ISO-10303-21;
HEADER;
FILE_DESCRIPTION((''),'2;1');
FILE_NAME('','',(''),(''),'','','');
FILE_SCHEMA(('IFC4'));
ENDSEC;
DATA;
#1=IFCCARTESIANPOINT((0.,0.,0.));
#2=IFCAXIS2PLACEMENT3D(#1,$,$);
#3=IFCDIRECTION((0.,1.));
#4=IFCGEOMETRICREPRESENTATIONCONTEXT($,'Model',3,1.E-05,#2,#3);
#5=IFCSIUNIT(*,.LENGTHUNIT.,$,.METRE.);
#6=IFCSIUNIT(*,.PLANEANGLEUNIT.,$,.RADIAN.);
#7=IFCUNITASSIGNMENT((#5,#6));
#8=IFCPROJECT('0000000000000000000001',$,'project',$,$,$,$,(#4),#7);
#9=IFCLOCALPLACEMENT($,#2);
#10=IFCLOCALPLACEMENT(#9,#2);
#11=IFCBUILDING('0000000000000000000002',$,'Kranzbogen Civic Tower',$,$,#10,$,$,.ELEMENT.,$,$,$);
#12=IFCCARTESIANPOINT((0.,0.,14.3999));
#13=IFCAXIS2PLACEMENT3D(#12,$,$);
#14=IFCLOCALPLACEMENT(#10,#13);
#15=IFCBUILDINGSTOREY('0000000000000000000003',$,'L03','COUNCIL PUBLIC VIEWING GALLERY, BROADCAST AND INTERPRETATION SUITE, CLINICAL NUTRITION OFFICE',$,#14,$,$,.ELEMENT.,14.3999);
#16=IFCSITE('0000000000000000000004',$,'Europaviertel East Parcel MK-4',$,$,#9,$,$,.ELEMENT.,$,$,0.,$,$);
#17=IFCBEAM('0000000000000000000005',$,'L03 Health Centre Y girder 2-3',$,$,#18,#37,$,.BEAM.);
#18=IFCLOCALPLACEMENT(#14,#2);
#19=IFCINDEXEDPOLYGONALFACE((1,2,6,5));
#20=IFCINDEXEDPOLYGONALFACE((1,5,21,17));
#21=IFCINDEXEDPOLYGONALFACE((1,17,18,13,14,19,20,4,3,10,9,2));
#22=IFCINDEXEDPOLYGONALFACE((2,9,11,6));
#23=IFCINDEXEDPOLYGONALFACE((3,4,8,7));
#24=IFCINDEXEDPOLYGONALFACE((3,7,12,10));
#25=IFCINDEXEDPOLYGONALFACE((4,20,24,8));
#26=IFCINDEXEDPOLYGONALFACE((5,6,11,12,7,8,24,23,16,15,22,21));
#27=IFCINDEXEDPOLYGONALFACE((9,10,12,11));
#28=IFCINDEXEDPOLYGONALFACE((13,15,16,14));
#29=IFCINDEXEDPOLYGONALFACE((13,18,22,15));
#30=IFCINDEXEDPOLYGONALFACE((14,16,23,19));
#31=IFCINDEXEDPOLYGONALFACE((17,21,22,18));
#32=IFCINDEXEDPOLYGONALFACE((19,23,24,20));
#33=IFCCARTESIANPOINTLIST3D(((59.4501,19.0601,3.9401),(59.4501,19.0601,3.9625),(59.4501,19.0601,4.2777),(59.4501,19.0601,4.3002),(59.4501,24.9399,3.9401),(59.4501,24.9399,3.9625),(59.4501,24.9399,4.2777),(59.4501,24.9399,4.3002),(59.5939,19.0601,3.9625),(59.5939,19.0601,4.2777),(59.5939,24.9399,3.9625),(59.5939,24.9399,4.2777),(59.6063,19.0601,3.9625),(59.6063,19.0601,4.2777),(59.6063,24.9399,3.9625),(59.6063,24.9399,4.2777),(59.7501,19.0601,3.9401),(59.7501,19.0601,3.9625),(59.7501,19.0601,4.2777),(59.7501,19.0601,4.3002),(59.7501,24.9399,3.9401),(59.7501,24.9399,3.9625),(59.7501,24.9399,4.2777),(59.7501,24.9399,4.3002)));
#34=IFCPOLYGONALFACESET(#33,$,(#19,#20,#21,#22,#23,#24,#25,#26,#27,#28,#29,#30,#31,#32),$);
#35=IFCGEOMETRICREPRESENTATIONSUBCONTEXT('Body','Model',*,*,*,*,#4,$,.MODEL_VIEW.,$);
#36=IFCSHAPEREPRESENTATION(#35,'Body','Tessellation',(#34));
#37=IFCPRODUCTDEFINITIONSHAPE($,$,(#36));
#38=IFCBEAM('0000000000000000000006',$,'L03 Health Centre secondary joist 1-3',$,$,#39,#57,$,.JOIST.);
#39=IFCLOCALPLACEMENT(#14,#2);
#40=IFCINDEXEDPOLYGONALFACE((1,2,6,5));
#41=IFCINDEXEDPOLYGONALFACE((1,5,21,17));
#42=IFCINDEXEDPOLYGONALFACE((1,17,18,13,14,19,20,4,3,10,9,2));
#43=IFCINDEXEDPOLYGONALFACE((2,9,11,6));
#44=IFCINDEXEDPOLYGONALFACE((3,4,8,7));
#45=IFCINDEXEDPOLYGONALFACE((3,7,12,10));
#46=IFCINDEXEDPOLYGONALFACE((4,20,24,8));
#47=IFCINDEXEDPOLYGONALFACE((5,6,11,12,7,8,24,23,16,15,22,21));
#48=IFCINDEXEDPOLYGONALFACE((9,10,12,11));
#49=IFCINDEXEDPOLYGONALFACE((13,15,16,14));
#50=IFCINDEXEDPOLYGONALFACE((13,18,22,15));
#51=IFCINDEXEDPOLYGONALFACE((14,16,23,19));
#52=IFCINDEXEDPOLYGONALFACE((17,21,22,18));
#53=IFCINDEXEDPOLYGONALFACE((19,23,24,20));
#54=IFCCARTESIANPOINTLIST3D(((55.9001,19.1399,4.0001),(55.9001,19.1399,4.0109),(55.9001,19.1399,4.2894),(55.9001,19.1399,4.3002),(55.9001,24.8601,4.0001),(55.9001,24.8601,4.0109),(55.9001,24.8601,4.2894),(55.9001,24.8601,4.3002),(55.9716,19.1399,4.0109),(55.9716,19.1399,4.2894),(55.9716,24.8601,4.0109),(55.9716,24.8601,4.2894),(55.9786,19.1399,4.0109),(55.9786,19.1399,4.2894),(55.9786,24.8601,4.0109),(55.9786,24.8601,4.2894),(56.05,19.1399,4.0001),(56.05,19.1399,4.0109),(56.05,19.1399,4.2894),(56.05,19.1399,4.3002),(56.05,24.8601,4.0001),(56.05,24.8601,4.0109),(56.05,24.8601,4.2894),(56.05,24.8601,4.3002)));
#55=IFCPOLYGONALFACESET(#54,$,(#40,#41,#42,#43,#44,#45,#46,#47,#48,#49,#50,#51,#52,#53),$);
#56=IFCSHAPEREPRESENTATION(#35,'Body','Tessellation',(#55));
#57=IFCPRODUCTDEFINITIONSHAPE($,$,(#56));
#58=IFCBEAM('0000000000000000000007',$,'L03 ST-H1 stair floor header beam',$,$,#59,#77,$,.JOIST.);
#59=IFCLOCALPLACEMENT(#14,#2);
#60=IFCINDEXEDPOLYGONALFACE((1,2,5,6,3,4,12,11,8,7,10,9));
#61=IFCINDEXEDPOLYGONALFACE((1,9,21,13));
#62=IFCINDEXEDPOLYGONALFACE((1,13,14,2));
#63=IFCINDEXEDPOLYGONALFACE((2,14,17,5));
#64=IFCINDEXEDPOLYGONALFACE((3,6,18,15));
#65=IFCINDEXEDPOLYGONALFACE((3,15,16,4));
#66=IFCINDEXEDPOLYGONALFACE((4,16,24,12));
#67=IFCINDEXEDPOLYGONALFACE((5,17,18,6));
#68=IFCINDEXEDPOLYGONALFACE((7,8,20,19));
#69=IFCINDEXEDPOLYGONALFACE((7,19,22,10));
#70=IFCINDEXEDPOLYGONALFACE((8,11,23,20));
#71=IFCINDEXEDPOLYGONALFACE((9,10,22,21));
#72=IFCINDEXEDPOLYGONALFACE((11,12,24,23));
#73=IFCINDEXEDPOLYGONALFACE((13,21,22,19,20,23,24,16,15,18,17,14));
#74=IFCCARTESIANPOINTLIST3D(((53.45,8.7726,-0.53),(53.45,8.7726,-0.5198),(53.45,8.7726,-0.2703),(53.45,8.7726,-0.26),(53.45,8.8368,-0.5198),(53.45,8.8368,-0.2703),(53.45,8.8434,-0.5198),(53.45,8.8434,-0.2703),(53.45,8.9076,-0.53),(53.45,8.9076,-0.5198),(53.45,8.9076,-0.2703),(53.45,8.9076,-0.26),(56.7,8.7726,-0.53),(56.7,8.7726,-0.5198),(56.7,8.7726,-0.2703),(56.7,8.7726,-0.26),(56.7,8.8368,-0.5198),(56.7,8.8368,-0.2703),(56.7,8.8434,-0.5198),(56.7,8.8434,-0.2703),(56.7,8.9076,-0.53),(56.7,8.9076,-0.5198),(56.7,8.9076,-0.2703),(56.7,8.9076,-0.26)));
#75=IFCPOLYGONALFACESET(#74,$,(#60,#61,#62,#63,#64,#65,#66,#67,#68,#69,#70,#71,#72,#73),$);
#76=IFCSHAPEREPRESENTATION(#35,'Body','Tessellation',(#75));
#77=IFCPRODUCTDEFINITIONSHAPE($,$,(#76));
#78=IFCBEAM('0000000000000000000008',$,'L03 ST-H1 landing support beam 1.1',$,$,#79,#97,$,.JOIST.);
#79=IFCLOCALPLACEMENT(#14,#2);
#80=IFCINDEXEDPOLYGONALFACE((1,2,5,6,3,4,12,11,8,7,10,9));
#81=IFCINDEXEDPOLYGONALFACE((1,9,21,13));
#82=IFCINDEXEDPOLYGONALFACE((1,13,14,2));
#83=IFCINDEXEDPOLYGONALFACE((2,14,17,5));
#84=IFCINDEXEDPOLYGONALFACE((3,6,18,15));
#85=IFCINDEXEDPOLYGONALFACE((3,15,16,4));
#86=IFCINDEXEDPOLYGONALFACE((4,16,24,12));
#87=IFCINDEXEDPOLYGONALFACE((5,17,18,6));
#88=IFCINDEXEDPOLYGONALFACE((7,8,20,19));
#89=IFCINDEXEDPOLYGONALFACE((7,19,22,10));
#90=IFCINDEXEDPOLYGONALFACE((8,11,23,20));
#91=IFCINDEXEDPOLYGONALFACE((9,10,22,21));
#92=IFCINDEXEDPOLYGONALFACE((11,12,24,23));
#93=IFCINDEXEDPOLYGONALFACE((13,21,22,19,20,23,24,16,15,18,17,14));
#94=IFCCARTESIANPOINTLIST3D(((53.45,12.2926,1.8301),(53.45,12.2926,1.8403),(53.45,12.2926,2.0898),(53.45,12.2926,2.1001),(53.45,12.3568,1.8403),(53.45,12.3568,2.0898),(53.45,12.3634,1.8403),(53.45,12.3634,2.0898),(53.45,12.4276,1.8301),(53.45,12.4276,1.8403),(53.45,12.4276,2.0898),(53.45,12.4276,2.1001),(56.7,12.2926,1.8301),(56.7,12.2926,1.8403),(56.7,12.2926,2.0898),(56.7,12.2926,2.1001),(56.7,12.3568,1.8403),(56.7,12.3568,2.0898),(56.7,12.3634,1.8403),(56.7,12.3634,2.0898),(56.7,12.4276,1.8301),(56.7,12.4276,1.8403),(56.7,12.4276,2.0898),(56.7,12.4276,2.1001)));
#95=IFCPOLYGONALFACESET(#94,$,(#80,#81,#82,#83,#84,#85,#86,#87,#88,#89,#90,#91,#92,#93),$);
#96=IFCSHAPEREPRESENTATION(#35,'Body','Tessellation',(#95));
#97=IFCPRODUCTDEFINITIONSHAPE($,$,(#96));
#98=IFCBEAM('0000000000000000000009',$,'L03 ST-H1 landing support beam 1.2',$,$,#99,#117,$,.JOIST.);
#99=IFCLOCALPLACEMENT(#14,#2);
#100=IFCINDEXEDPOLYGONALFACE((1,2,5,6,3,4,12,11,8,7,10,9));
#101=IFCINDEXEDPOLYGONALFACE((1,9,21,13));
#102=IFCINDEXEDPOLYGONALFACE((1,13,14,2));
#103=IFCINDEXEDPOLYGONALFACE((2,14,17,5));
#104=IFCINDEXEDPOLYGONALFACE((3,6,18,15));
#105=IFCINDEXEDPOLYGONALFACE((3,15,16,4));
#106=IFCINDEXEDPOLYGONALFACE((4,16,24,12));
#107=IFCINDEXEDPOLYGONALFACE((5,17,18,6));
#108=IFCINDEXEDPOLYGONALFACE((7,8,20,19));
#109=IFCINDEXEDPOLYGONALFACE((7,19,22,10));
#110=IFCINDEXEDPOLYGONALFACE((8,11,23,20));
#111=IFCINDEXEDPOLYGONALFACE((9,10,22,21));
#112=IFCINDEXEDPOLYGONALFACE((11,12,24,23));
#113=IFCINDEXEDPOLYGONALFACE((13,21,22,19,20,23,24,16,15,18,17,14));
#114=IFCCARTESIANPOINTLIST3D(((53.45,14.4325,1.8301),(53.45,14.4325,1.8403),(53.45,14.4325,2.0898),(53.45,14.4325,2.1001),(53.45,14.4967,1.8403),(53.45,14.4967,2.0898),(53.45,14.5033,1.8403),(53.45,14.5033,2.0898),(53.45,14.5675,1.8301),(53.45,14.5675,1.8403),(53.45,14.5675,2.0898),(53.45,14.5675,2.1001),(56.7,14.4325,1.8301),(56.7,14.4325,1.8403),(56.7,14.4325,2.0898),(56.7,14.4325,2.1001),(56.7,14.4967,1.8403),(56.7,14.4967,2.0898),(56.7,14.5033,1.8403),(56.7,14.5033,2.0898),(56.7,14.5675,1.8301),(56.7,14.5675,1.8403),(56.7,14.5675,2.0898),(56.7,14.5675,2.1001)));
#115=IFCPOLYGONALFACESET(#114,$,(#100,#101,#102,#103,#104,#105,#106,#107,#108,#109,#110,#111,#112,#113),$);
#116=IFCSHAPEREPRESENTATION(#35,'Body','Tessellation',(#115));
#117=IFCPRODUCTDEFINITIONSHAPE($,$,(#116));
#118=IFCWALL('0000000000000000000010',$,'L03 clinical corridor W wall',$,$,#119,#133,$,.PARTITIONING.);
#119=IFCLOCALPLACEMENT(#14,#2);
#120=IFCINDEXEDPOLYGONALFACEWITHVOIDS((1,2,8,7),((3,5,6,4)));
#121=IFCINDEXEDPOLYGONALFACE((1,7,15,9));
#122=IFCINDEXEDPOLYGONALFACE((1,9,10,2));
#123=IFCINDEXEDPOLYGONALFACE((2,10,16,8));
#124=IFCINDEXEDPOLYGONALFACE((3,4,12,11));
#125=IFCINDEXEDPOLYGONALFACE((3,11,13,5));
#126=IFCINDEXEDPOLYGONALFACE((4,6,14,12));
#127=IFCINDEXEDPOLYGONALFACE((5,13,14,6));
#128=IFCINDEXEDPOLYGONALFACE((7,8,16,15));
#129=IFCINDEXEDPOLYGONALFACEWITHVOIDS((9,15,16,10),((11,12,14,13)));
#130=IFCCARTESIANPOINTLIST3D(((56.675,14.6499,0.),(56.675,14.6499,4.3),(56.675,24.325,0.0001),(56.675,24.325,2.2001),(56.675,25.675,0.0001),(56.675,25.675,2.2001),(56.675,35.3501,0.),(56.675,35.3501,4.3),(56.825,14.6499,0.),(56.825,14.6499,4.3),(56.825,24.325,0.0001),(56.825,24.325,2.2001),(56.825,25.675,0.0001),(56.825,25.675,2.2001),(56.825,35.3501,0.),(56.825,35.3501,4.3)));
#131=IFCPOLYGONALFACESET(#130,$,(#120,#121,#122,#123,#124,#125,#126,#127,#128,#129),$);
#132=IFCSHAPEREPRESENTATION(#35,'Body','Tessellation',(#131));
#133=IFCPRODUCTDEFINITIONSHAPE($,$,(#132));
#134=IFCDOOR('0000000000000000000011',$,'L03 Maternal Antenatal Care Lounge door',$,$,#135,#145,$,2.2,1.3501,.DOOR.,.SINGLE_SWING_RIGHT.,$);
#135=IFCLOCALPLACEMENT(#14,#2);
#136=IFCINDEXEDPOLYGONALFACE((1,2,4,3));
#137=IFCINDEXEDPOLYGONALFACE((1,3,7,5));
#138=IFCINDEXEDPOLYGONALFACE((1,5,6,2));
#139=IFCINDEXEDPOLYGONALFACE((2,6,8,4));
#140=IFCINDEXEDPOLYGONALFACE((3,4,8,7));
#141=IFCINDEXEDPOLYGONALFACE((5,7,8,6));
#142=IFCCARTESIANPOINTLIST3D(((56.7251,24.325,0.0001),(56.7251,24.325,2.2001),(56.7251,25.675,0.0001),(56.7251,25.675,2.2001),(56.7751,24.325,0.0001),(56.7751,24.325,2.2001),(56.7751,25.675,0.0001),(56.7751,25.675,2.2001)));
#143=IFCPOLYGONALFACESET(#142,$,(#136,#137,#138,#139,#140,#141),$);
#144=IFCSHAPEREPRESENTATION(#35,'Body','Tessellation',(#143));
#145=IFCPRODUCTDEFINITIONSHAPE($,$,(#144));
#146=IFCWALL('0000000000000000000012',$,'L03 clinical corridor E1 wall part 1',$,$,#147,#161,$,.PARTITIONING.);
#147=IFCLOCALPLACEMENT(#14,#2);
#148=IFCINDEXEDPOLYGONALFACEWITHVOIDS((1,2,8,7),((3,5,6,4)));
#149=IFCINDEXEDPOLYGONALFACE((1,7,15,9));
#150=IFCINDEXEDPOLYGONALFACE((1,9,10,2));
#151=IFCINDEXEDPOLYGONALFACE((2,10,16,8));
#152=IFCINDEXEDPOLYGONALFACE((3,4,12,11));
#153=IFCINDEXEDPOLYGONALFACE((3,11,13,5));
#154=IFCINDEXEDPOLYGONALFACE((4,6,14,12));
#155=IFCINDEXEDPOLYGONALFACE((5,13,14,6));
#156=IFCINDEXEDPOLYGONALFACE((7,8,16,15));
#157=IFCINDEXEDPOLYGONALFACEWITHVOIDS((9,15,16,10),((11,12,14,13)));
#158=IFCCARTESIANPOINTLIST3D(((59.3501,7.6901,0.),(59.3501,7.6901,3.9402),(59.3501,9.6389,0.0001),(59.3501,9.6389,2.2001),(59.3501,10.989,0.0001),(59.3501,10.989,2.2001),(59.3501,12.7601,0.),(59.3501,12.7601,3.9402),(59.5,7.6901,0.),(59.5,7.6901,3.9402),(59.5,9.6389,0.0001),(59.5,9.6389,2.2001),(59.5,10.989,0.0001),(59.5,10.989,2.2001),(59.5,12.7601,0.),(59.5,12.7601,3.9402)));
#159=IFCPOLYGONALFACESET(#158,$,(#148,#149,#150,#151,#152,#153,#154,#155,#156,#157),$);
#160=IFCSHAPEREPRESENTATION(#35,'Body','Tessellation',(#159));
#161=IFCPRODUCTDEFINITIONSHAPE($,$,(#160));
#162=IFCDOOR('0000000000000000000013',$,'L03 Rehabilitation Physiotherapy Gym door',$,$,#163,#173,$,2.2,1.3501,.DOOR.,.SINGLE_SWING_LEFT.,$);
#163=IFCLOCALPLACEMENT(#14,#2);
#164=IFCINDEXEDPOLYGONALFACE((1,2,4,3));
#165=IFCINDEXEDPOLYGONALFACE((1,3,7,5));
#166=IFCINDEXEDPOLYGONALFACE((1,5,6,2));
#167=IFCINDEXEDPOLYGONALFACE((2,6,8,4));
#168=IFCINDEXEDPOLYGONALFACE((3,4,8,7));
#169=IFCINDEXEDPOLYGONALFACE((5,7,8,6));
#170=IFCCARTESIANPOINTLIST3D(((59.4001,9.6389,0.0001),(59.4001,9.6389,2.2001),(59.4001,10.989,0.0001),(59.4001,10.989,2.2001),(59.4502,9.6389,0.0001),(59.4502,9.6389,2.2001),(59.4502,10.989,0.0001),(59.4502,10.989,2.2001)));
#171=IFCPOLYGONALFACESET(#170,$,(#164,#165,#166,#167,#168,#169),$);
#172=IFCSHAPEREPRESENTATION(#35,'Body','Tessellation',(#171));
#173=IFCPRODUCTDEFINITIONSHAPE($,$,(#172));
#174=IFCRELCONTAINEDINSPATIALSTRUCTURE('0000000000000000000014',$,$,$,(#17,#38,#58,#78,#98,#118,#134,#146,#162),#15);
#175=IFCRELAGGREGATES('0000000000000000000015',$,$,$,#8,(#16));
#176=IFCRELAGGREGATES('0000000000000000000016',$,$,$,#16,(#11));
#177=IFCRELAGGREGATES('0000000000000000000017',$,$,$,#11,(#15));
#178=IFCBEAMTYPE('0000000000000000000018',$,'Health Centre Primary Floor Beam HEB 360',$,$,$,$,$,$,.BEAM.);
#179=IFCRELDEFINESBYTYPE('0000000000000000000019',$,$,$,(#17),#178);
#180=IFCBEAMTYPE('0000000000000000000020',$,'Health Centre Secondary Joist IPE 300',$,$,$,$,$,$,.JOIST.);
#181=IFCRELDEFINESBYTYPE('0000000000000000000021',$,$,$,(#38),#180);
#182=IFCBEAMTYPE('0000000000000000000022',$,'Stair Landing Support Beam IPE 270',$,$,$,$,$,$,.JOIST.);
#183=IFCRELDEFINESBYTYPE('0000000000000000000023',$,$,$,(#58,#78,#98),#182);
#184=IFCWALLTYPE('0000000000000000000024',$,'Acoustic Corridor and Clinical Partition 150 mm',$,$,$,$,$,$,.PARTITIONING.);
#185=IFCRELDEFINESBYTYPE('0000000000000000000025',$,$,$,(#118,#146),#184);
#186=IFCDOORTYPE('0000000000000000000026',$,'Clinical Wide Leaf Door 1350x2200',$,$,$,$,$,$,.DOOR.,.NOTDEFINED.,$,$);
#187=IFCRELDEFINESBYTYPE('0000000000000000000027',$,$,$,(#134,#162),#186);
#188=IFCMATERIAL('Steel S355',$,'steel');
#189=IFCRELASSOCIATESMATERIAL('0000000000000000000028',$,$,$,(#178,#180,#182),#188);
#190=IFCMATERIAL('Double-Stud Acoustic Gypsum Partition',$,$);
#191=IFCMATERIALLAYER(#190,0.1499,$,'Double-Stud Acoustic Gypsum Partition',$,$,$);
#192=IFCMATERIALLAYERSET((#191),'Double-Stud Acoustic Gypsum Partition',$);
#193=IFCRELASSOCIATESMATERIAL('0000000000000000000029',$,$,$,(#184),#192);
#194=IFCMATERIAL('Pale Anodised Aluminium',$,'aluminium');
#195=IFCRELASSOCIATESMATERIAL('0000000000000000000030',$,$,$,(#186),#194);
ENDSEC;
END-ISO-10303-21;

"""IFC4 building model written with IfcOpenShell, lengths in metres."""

from ifc_helpers import new_model, si_unit, direction, frame, frame_2d, origin, origin_2d, place, context, subcontext, project, spatial, rectangle, i_section, extrude, material, layer, layer_set, material_profile, profile_set, type_object, element, fill, save


model = new_model("IFC4")

# Units and contexts
model_context = context("Model", 3, precision=1e-05, world=origin(), true_north=direction((0.0, 1.0)))
body_context = subcontext(model_context, "Body", "Model", "MODEL_VIEW")
ifc_project = project(units=[si_unit("LENGTHUNIT", "METRE"), si_unit("PLANEANGLEUNIT", "RADIAN")], contexts=[model_context])

# Site, building, storey
site_placement = place(None, origin())
site = spatial("IfcSite", under=ifc_project, at=site_placement, Name="Europaviertel East Parcel MK-4", CompositionType="ELEMENT", RefElevation=0.0)
building_placement = place(site_placement, origin())
building = spatial("IfcBuilding", under=site, at=building_placement, Name="Kranzbogen Civic Tower", CompositionType="ELEMENT")
storey_placement = place(building_placement, frame((0.0, 0.0, 14.3999)))
storey = spatial("IfcBuildingStorey", under=building, at=storey_placement, Name="L03", Description="COUNCIL PUBLIC VIEWING GALLERY, BROADCAST AND INTERPRETATION SUITE, CLINICAL NUTRITION OFFICE", CompositionType="ELEMENT", Elevation=14.3999)

# Shared definitions
ifc_material_1 = material(Name="Steel S355", Category="steel")

# Beams
ifc_material_profile_1 = material_profile(ifc_material_1, i_section(OverallWidth=0.3, OverallDepth=0.3601, WebThickness=0.0125, FlangeThickness=0.0225, at=origin_2d()), Name="HEB 360")
ifc_profile_set_1 = profile_set([ifc_material_profile_1], Name="Steel S355")
beam_type_1 = type_object("IfcBeamType", Name="Health Centre Primary Floor Beam HEB 360", PredefinedType="BEAM", material=ifc_profile_set_1)
for number, where, z_axis, x_axis, name in (
    (1, (59.6001, 19.0601, 4.1201), (0.0, 1.0, 0.0), (-1.0, 0.0, 0.0), "L03 Health Centre Y girder 2-3"),
):
    element("IfcBeam", number, at=place(storey_placement, frame(where, z_axis=z_axis, x_axis=x_axis)), inside=storey, type_object=beam_type_1, Name=name, PredefinedType="BEAM", context=body_context, shape_type="SweptSolid", body=[
        extrude(i_section(OverallWidth=0.3, OverallDepth=0.3601, WebThickness=0.0125, FlangeThickness=0.0225, at=origin_2d()), origin(), (0.0, 0.0, 1.0), 5.8799),
    ])
ifc_material_profile_2 = material_profile(ifc_material_1, i_section(OverallWidth=0.1499, OverallDepth=0.3, WebThickness=0.0071, FlangeThickness=0.0107, at=origin_2d()), Name="IPE 300")
ifc_profile_set_2 = profile_set([ifc_material_profile_2], Name="Steel S355")
beam_type_2 = type_object("IfcBeamType", Name="Health Centre Secondary Joist IPE 300", PredefinedType="JOIST", material=ifc_profile_set_2)
beam_1_placement = place(storey_placement, frame((55.9751, 19.1399, 4.1501), z_axis=(0.0, 1.0, 0.0), x_axis=(-1.0, 0.0, 0.0)))
element("IfcBeam", 2, at=beam_1_placement, inside=storey, type_object=beam_type_2, Name="L03 Health Centre secondary joist 1-3", PredefinedType="JOIST", context=body_context, shape_type="SweptSolid", body=[
    extrude(i_section(OverallWidth=0.1499, OverallDepth=0.3, WebThickness=0.0071, FlangeThickness=0.0107, at=origin_2d()), origin(), (0.0, 0.0, 1.0), 5.7202),
])
ifc_material_profile_3 = material_profile(ifc_material_1, i_section(OverallWidth=0.135, OverallDepth=0.27, WebThickness=0.0066, FlangeThickness=0.0103, at=origin_2d()), Name="IPE 270")
ifc_profile_set_3 = profile_set([ifc_material_profile_3], Name="Steel S355")
beam_type_3 = type_object("IfcBeamType", Name="Stair Landing Support Beam IPE 270", PredefinedType="JOIST", material=ifc_profile_set_3)
for number, where, z_axis, x_axis, name in (
    (3, (56.7, 8.8401, -0.395), (-1.0, 0.0, 0.0), (0.0, -1.0, 0.0), "L03 ST-H1 stair floor header beam"),
    (4, (56.7, 12.3601, 1.9651), (-1.0, 0.0, 0.0), (0.0, -1.0, 0.0), "L03 ST-H1 landing support beam 1.1"),
    (5, (56.7, 14.5, 1.9651), (-1.0, 0.0, 0.0), (0.0, -1.0, 0.0), "L03 ST-H1 landing support beam 1.2"),
):
    element("IfcBeam", number, at=place(storey_placement, frame(where, z_axis=z_axis, x_axis=x_axis)), inside=storey, type_object=beam_type_3, Name=name, PredefinedType="JOIST", context=body_context, shape_type="SweptSolid", body=[
        extrude(i_section(OverallWidth=0.135, OverallDepth=0.27, WebThickness=0.0066, FlangeThickness=0.0103, at=origin_2d()), origin(), (0.0, 0.0, 1.0), 3.25),
    ])

# Walls, openings, doors
ifc_material_2 = material(Name="Double-Stud Acoustic Gypsum Partition")
ifc_layer_1 = layer(ifc_material_2, 0.1499, Name="Double-Stud Acoustic Gypsum Partition")
ifc_layer_set_1 = layer_set([ifc_layer_1], Name="Double-Stud Acoustic Gypsum Partition")
wall_type_1 = type_object("IfcWallType", Name="Acoustic Corridor and Clinical Partition 150 mm", PredefinedType="PARTITIONING", material=ifc_layer_set_1)
wall_1_placement = place(storey_placement, frame((56.75, 14.6499, 0.0), z_axis=(0.0, 0.0, 1.0), x_axis=(0.0, 1.0, 0.0)))
wall_1 = element("IfcWall", 6, at=wall_1_placement, inside=storey, type_object=wall_type_1, Name="L03 clinical corridor W wall", PredefinedType="PARTITIONING", context=body_context, shape_type="SweptSolid", body=[
    extrude(rectangle(XDim=20.7002, YDim=0.1499, at=frame_2d((10.3501, 0.0))), origin(), (0.0, 0.0, 1.0), 4.3),
])
opening_1_placement = place(wall_1_placement, frame((9.675, 0.0, 0.0)))
opening_1 = element("IfcOpeningElement", 7, at=opening_1_placement, cuts=wall_1, PredefinedType="OPENING", context=body_context, shape_type="SweptSolid", body=[
    extrude(rectangle(XDim=1.3501, YDim=2.2, at=frame_2d((0.675, 1.1001))), frame((0.0, 0.085, 0.0), z_axis=(0.0, -1.0, 0.0), x_axis=(1.0, 0.0, 0.0)), (0.0, 0.0, 1.0), 0.1699),
])
ifc_material_3 = material(Name="Pale Anodised Aluminium", Category="aluminium")
door_type_1 = type_object("IfcDoorType", Name="Clinical Wide Leaf Door 1350x2200", OperationType="NOTDEFINED", PredefinedType="DOOR", material=ifc_material_3)
door_1_placement = place(opening_1_placement, origin())
door_1 = element("IfcDoor", 8, at=door_1_placement, inside=storey, type_object=door_type_1, Name="L03 Maternal Antenatal Care Lounge door", OperationType="SINGLE_SWING_RIGHT", OverallHeight=2.2, OverallWidth=1.3501, PredefinedType="DOOR", context=body_context, shape_type="SweptSolid", body=[
    extrude(rectangle(XDim=1.3501, YDim=2.2, at=frame_2d((0.675, 1.1001))), frame((0.0, 0.0249, 0.0), z_axis=(0.0, -1.0, 0.0), x_axis=(1.0, 0.0, 0.0)), (0.0, 0.0, 1.0), 0.05),
])
fill(opening_1, door_1)
wall_2_placement = place(storey_placement, frame((59.425, 7.6899, 0.0), z_axis=(0.0, 0.0, 1.0), x_axis=(0.0, 1.0, 0.0)))
wall_2 = element("IfcWall", 9, at=wall_2_placement, inside=storey, type_object=wall_type_1, Name="L03 clinical corridor E1 wall part 1", PredefinedType="PARTITIONING", context=body_context, shape_type="SweptSolid", body=[
    extrude(rectangle(XDim=5.0701, YDim=0.1499, at=frame_2d((2.5352, 0.0))), origin(), (0.0, 0.0, 1.0), 3.9402),
])
opening_2_placement = place(wall_2_placement, frame((1.949, 0.0, 0.0)))
opening_2 = element("IfcOpeningElement", 10, at=opening_2_placement, cuts=wall_2, PredefinedType="OPENING", context=body_context, shape_type="SweptSolid", body=[
    extrude(rectangle(XDim=1.3501, YDim=2.2, at=frame_2d((0.675, 1.1001))), frame((0.0, 0.085, 0.0), z_axis=(0.0, -1.0, 0.0), x_axis=(1.0, 0.0, 0.0)), (0.0, 0.0, 1.0), 0.1699),
])
door_2_placement = place(opening_2_placement, origin())
door_2 = element("IfcDoor", 11, at=door_2_placement, inside=storey, type_object=door_type_1, Name="L03 Rehabilitation Physiotherapy Gym door", OperationType="SINGLE_SWING_LEFT", OverallHeight=2.2, OverallWidth=1.3501, PredefinedType="DOOR", context=body_context, shape_type="SweptSolid", body=[
    extrude(rectangle(XDim=1.3501, YDim=2.2, at=frame_2d((0.675, 1.1001))), frame((0.0, 0.0249, 0.0), z_axis=(0.0, -1.0, 0.0), x_axis=(1.0, 0.0, 0.0)), (0.0, 0.0, 1.0), 0.05),
])
fill(opening_2, door_2)

save(model, "model.ifc")
